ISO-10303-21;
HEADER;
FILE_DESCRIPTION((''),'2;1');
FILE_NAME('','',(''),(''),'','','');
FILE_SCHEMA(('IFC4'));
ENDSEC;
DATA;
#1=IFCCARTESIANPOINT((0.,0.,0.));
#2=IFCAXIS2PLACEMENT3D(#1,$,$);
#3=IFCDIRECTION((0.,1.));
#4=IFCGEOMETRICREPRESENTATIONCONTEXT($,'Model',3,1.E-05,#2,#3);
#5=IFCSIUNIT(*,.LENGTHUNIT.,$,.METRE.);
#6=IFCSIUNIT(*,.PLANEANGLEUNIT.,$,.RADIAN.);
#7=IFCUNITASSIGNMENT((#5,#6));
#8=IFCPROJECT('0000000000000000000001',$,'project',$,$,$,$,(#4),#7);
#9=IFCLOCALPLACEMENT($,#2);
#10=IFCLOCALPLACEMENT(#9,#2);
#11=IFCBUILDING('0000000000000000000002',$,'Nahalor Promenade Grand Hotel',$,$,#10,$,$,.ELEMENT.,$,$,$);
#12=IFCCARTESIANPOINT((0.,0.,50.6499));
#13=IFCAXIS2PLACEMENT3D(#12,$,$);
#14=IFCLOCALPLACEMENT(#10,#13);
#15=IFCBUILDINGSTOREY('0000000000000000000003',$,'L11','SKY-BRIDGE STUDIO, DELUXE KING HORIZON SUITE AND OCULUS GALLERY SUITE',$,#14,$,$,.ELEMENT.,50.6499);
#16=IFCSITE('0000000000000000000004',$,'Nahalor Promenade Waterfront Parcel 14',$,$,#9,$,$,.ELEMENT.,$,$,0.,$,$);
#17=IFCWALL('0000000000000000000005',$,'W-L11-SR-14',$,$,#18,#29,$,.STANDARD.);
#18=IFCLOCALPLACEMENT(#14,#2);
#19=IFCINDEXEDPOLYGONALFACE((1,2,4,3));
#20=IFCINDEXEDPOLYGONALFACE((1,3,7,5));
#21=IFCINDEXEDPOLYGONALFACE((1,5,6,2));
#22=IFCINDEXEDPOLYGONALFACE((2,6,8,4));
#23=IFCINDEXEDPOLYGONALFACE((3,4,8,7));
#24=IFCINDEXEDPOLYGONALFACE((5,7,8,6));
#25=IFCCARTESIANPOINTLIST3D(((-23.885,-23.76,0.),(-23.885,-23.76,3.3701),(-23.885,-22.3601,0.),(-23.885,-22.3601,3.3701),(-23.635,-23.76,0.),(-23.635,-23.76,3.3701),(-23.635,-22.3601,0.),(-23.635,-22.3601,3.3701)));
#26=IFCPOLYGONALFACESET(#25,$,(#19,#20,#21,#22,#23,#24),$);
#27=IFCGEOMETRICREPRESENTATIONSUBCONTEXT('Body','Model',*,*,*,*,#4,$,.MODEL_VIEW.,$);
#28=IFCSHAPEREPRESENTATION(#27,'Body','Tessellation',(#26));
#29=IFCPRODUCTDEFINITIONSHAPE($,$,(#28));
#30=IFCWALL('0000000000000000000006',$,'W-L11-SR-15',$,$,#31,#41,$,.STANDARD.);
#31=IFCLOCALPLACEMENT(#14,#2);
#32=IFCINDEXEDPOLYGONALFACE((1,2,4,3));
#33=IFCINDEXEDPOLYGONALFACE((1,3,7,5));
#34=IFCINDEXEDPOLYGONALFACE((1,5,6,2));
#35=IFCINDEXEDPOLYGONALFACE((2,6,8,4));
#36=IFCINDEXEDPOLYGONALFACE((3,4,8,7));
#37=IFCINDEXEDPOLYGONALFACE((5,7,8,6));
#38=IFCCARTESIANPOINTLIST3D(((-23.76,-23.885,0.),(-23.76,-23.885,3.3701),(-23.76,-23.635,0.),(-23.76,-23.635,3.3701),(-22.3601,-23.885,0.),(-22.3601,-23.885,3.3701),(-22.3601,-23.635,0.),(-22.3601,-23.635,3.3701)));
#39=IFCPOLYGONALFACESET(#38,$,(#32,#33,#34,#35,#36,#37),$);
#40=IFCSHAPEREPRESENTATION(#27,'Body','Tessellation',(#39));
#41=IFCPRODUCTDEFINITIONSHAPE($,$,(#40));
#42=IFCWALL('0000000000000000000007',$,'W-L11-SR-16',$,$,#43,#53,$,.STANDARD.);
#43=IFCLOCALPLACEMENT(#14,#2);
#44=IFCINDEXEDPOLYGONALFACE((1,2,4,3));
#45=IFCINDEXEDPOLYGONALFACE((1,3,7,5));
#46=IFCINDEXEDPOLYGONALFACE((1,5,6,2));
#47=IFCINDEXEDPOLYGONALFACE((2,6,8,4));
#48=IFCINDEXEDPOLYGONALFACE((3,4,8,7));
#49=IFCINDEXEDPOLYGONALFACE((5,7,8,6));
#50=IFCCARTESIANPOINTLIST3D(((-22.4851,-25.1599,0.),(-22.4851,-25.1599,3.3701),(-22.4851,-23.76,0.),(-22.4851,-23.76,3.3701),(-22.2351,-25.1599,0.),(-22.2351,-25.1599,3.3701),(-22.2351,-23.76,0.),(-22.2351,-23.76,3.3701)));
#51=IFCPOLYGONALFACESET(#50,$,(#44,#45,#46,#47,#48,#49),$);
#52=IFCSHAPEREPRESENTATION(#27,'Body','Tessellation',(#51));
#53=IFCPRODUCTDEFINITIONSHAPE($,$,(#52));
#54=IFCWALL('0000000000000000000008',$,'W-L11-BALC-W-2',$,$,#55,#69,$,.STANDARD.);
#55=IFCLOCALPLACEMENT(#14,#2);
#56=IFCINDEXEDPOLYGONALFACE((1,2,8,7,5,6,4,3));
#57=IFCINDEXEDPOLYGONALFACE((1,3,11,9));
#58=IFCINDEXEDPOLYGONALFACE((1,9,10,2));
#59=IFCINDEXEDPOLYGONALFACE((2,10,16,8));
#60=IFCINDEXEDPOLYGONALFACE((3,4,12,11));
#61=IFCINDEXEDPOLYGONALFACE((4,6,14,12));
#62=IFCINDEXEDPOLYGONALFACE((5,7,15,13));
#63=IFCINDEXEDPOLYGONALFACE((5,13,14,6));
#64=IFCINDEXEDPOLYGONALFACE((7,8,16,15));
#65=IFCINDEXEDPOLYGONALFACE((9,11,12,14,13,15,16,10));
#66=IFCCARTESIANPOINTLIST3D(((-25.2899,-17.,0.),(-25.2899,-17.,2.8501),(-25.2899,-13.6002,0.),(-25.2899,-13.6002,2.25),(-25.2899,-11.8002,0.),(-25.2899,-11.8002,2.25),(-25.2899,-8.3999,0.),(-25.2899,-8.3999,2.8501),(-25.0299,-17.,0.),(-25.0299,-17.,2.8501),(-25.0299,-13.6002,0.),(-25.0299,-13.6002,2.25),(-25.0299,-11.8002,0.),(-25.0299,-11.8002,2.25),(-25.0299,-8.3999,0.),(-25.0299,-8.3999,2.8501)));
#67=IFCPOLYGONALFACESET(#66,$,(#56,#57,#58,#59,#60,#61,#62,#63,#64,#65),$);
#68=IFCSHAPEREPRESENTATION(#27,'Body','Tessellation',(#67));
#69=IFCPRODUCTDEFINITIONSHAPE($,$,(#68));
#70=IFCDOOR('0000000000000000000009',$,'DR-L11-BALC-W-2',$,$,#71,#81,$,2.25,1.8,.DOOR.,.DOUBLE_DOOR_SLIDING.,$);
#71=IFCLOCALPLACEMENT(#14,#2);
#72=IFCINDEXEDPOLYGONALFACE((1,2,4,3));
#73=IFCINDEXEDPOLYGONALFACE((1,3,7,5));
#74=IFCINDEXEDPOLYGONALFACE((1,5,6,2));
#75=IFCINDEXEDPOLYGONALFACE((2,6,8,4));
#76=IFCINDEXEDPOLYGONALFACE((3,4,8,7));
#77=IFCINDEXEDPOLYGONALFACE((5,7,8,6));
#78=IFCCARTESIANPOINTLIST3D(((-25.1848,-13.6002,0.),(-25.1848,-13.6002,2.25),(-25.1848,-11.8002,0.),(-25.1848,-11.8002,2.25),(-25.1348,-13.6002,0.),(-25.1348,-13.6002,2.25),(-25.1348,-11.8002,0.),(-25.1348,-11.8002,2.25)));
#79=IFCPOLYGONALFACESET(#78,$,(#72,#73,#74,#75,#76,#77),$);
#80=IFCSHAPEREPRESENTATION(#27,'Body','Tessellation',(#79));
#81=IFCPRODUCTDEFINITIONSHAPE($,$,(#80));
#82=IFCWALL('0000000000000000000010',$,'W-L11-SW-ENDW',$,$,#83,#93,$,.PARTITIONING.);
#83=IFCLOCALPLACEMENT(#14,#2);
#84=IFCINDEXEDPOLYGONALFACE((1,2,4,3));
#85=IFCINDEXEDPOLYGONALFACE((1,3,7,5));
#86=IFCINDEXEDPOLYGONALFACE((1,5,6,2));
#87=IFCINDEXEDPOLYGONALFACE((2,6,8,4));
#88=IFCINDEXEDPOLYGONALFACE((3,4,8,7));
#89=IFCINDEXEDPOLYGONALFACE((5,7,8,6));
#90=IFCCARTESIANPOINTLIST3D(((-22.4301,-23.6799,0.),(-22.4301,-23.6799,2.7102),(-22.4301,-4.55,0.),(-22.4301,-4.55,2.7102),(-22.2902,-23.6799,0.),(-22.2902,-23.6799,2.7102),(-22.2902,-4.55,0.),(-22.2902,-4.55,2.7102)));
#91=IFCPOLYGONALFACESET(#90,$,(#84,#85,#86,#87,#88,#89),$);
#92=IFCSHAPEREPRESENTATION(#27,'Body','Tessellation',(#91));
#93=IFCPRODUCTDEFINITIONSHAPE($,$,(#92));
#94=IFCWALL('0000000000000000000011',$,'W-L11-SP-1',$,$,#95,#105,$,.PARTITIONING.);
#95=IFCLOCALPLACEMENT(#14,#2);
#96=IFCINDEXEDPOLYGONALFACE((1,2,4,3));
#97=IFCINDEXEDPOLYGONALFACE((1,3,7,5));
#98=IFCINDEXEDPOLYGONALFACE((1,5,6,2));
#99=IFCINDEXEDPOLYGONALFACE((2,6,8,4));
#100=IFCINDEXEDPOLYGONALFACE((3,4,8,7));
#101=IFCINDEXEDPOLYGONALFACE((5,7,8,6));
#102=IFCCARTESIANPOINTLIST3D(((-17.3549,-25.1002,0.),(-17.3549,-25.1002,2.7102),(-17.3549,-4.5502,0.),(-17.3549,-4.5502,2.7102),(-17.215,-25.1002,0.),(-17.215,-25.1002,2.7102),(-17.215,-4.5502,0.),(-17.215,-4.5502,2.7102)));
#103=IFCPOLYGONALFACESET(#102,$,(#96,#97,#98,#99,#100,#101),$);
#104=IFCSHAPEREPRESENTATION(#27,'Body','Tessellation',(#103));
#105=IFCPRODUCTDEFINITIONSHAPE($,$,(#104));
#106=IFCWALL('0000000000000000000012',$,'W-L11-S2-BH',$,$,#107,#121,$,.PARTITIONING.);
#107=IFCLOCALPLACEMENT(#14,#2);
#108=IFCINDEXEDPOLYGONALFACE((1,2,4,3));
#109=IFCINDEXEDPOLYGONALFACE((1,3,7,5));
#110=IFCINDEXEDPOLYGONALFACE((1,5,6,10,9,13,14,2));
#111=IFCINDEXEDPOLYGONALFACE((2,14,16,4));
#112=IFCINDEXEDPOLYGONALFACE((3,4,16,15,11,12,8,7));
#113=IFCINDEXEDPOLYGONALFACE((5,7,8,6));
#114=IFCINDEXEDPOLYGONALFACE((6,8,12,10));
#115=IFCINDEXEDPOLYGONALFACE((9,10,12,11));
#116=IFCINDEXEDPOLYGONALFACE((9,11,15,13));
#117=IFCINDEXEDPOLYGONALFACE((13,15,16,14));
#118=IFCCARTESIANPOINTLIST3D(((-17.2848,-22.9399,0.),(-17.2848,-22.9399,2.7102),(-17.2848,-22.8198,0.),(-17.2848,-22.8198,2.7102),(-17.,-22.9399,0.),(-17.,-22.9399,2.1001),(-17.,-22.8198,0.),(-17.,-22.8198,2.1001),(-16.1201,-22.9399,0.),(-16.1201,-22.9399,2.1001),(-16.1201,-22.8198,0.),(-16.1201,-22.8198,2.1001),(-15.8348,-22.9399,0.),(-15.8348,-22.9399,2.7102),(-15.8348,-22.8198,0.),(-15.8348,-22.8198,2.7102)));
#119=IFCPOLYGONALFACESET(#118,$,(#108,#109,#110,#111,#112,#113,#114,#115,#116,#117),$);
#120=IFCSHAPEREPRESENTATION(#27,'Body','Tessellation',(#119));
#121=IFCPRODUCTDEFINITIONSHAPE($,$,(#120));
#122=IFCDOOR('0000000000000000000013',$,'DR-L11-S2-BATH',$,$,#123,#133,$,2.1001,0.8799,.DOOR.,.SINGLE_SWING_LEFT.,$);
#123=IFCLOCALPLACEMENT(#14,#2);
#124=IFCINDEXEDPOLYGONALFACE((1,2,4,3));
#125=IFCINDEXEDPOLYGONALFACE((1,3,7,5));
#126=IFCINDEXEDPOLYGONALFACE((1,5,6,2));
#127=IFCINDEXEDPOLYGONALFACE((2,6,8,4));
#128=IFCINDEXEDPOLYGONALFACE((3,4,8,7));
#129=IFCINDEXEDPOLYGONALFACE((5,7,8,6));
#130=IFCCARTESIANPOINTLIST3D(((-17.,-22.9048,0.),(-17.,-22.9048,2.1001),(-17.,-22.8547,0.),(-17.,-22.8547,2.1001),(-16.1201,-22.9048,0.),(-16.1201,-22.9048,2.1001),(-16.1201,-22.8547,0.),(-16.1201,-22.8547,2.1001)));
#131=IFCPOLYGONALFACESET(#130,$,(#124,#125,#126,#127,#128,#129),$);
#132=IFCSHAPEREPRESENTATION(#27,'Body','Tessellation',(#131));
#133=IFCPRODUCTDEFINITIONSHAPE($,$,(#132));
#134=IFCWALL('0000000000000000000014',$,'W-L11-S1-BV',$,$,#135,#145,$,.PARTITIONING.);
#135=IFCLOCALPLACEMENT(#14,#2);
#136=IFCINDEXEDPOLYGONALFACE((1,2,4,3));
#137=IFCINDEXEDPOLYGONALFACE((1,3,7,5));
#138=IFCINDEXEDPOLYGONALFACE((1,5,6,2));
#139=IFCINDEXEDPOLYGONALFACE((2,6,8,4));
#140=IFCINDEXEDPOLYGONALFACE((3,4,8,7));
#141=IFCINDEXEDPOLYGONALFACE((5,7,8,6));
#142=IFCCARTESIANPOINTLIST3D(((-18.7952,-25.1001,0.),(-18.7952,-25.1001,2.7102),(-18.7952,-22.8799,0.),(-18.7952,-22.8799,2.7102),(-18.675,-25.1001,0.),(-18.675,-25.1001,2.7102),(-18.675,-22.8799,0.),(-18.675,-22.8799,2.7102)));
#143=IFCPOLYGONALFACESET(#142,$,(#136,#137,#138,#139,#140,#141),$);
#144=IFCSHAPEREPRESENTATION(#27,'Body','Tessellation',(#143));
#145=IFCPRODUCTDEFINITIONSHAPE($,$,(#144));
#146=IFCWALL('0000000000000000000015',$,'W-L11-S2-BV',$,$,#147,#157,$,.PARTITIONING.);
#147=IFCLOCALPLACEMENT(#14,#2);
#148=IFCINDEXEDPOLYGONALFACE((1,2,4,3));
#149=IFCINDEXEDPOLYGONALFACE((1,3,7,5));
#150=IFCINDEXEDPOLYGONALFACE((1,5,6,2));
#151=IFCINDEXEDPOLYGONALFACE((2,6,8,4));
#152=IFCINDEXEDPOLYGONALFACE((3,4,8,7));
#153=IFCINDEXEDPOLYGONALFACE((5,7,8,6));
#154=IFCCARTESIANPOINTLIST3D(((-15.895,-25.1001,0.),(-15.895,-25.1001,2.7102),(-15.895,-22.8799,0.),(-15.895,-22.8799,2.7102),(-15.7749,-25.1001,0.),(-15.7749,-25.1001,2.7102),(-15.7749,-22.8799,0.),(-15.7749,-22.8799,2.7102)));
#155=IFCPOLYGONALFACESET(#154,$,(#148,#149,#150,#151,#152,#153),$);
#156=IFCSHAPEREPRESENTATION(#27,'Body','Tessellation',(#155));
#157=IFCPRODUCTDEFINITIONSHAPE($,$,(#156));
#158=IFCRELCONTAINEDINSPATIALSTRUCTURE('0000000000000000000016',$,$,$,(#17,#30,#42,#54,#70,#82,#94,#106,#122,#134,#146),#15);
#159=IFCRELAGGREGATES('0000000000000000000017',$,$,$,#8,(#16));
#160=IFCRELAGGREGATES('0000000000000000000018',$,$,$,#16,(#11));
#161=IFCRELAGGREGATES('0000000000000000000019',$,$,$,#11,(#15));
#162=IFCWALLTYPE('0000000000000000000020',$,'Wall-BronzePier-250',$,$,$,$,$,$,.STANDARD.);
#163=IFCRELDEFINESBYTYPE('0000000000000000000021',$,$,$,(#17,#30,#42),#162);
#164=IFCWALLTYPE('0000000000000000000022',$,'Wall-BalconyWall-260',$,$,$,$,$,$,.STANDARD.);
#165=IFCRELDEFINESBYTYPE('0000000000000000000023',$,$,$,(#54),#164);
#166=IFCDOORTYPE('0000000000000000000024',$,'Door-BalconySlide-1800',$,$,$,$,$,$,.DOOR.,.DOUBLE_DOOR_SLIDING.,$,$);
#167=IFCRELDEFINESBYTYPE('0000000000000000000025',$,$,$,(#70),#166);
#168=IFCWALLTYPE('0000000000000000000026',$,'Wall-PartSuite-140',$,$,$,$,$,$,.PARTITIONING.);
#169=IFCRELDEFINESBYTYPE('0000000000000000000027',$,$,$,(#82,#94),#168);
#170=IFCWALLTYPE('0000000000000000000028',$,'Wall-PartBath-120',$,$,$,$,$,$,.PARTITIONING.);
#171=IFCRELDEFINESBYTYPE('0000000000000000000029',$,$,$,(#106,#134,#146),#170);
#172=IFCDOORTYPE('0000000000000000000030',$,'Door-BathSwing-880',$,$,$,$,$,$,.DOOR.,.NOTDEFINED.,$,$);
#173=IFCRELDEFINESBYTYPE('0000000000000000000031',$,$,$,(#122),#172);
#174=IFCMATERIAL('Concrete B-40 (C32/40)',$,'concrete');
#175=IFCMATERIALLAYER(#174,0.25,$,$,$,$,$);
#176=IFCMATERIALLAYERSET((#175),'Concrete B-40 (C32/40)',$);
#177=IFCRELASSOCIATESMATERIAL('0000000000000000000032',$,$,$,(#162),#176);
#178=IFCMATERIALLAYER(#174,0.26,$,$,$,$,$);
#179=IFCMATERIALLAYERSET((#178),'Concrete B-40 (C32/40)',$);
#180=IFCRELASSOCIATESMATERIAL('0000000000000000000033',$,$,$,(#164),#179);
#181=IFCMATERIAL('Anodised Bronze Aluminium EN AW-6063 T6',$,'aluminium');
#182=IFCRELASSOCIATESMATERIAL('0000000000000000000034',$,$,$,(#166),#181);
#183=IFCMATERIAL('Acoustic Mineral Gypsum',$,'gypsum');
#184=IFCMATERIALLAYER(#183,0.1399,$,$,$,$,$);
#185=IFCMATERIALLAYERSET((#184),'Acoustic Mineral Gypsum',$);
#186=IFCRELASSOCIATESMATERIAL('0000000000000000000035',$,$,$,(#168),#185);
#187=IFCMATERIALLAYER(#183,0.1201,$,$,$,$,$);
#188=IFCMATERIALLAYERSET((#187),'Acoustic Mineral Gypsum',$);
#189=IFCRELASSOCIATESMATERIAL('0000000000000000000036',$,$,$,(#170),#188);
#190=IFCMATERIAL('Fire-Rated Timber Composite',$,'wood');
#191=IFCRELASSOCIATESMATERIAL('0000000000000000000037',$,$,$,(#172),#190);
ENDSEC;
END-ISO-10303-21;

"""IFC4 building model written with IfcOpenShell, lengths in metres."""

from ifc_helpers import new_model, si_unit, direction, frame, frame_2d, origin, place, context, subcontext, project, spatial, rectangle, extrude, source, transform, mapped, material, layer, layer_set, type_object, element, fill, save


model = new_model("IFC4")

# Units and contexts
model_context = context("Model", 3, precision=1e-05, world=origin(), true_north=direction((0.0, 1.0)))
body_context = subcontext(model_context, "Body", "Model", "MODEL_VIEW")
ifc_project = project(units=[si_unit("LENGTHUNIT", "METRE"), si_unit("PLANEANGLEUNIT", "RADIAN")], contexts=[model_context])

# Site, building, storey
site_placement = place(None, origin())
site = spatial("IfcSite", under=ifc_project, at=site_placement, Name="Nahalor Promenade Waterfront Parcel 14", CompositionType="ELEMENT", RefElevation=0.0)
building_placement = place(site_placement, origin())
building = spatial("IfcBuilding", under=site, at=building_placement, Name="Nahalor Promenade Grand Hotel", CompositionType="ELEMENT")
storey_placement = place(building_placement, frame((0.0, 0.0, 50.6499)))
storey = spatial("IfcBuildingStorey", under=building, at=storey_placement, Name="L11", Description="SKY-BRIDGE STUDIO, DELUXE KING HORIZON SUITE AND OCULUS GALLERY SUITE", CompositionType="ELEMENT", Elevation=50.6499)

# Shared definitions
ifc_material_1 = material(Name="Anodised Bronze Aluminium EN AW-6063 T6", Category="aluminium")

# Walls
ifc_material_2 = material(Name="Concrete B-40 (C32/40)", Category="concrete")
ifc_layer_1 = layer(ifc_material_2, 0.25)
ifc_layer_set_1 = layer_set([ifc_layer_1], Name="Concrete B-40 (C32/40)")
wall_type_1 = type_object("IfcWallType", Name="Wall-BronzePier-250", PredefinedType="STANDARD", material=ifc_layer_set_1)
shared_shape_1 = source(origin(), body_context, "Body", "SweptSolid", [
    extrude(rectangle(XDim=1.3999, YDim=0.25, at=frame_2d((0.7, 0.0))), origin(), (0.0, 0.0, 1.0), 3.3701),
])
for number, where, z_axis, x_axis, name in (
    (1, (-23.76, -23.76, 0.0), (0.0, 0.0, 1.0), (0.0, 1.0, 0.0), "W-L11-SR-14"),
    (2, (-23.76, -23.76, 0.0), (0.0, 0.0, 1.0), (1.0, 0.0, 0.0), "W-L11-SR-15"),
    (3, (-22.3601, -25.1599, 0.0), (0.0, 0.0, 1.0), (0.0, 1.0, 0.0), "W-L11-SR-16"),
):
    element("IfcWall", number, at=place(storey_placement, frame(where, z_axis=z_axis, x_axis=x_axis)), inside=storey, type_object=wall_type_1, Name=name, PredefinedType="STANDARD", context=body_context, shape_type="MappedRepresentation", body=[
        mapped(shared_shape_1, transform((0.0, 0.0, 0.0), scale=1.0)),
    ])

# Wall, opening, door
ifc_layer_2 = layer(ifc_material_2, 0.26)
ifc_layer_set_2 = layer_set([ifc_layer_2], Name="Concrete B-40 (C32/40)")
wall_type_2 = type_object("IfcWallType", Name="Wall-BalconyWall-260", PredefinedType="STANDARD", material=ifc_layer_set_2)
shared_shape_2 = source(origin(), body_context, "Body", "SweptSolid", [
    extrude(rectangle(XDim=8.6001, YDim=0.26, at=frame_2d((4.3, 0.0))), origin(), (0.0, 0.0, 1.0), 2.8501),
])
wall_1_placement = place(storey_placement, frame((-25.1599, -17.0, 0.0), z_axis=(0.0, 0.0, 1.0), x_axis=(0.0, 1.0, 0.0)))
wall_1 = element("IfcWall", 4, at=wall_1_placement, inside=storey, type_object=wall_type_2, Name="W-L11-BALC-W-2", PredefinedType="STANDARD", context=body_context, shape_type="MappedRepresentation", body=[
    mapped(shared_shape_2, transform((0.0, 0.0, 0.0), scale=1.0)),
])
opening_1_placement = place(wall_1_placement, frame((3.3999, 0.0, 0.0)))
opening_1 = element("IfcOpeningElement", 5, at=opening_1_placement, cuts=wall_1, PredefinedType="OPENING", context=body_context, shape_type="SweptSolid", body=[
    extrude(rectangle(XDim=1.8, YDim=2.25, at=frame_2d((0.8999, 1.125))), frame((0.0, 0.1399, 0.0), z_axis=(0.0, -1.0, 0.0), x_axis=(1.0, 0.0, 0.0)), (0.0, 0.0, 1.0), 0.28),
])
door_type_1 = type_object("IfcDoorType", Name="Door-BalconySlide-1800", OperationType="DOUBLE_DOOR_SLIDING", PredefinedType="DOOR", material=ifc_material_1)
shared_shape_3 = source(origin(), body_context, "Body", "SweptSolid", [
    extrude(rectangle(XDim=1.8, YDim=2.25, at=frame_2d((0.8999, 1.125))), frame((0.0, 0.0249, 0.0), z_axis=(0.0, -1.0, 0.0), x_axis=(1.0, 0.0, 0.0)), (0.0, 0.0, 1.0), 0.05),
])
door_1_placement = place(opening_1_placement, origin())
door_1 = element("IfcDoor", 6, at=door_1_placement, inside=storey, type_object=door_type_1, Name="DR-L11-BALC-W-2", OperationType="DOUBLE_DOOR_SLIDING", OverallHeight=2.25, OverallWidth=1.8, PredefinedType="DOOR", context=body_context, shape_type="MappedRepresentation", body=[
    mapped(shared_shape_3, transform((0.0, 0.0, 0.0), scale=1.0)),
])
fill(opening_1, door_1)

# Walls
ifc_material_3 = material(Name="Acoustic Mineral Gypsum", Category="gypsum")
ifc_layer_3 = layer(ifc_material_3, 0.1399)
ifc_layer_set_3 = layer_set([ifc_layer_3], Name="Acoustic Mineral Gypsum")
wall_type_3 = type_object("IfcWallType", Name="Wall-PartSuite-140", PredefinedType="PARTITIONING", material=ifc_layer_set_3)
shared_shape_4 = source(origin(), body_context, "Body", "SweptSolid", [
    extrude(rectangle(XDim=19.1299, YDim=0.1399, at=frame_2d((9.5649, 0.0))), origin(), (0.0, 0.0, 1.0), 2.7102),
])
wall_2_placement = place(storey_placement, frame((-22.3601, -23.6799, 0.0), z_axis=(0.0, 0.0, 1.0), x_axis=(0.0, 1.0, 0.0)))
element("IfcWall", 7, at=wall_2_placement, inside=storey, type_object=wall_type_3, Name="W-L11-SW-ENDW", PredefinedType="PARTITIONING", context=body_context, shape_type="MappedRepresentation", body=[
    mapped(shared_shape_4, transform((0.0, 0.0, 0.0), scale=1.0)),
])
shared_shape_5 = source(origin(), body_context, "Body", "SweptSolid", [
    extrude(rectangle(XDim=20.55, YDim=0.1399, at=frame_2d((10.2749, 0.0))), origin(), (0.0, 0.0, 1.0), 2.7102),
])
wall_3_placement = place(storey_placement, frame((-17.2849, -25.1001, 0.0), z_axis=(0.0, 0.0, 1.0), x_axis=(0.0, 1.0, 0.0)))
element("IfcWall", 8, at=wall_3_placement, inside=storey, type_object=wall_type_3, Name="W-L11-SP-1", PredefinedType="PARTITIONING", context=body_context, shape_type="MappedRepresentation", body=[
    mapped(shared_shape_5, transform((0.0, 0.0, 0.0), scale=1.0)),
])

# Wall, opening, door
ifc_layer_4 = layer(ifc_material_3, 0.1201)
ifc_layer_set_4 = layer_set([ifc_layer_4], Name="Acoustic Mineral Gypsum")
wall_type_4 = type_object("IfcWallType", Name="Wall-PartBath-120", PredefinedType="PARTITIONING", material=ifc_layer_set_4)
shared_shape_6 = source(origin(), body_context, "Body", "SweptSolid", [
    extrude(rectangle(XDim=1.45, YDim=0.1201, at=frame_2d((0.7251, 0.0))), origin(), (0.0, 0.0, 1.0), 2.7102),
])
wall_4_placement = place(storey_placement, frame((-17.2849, -22.8799, 0.0), z_axis=(0.0, 0.0, 1.0), x_axis=(1.0, 0.0, 0.0)))
wall_4 = element("IfcWall", 9, at=wall_4_placement, inside=storey, type_object=wall_type_4, Name="W-L11-S2-BH", PredefinedType="PARTITIONING", context=body_context, shape_type="MappedRepresentation", body=[
    mapped(shared_shape_6, transform((0.0, 0.0, 0.0), scale=1.0)),
])
opening_2_placement = place(wall_4_placement, frame((0.2849, 0.0, 0.0)))
opening_2 = element("IfcOpeningElement", 10, at=opening_2_placement, cuts=wall_4, PredefinedType="OPENING", context=body_context, shape_type="SweptSolid", body=[
    extrude(rectangle(XDim=0.8799, YDim=2.1001, at=frame_2d((0.4399, 1.05))), frame((0.0, 0.0701, 0.0), z_axis=(0.0, -1.0, 0.0), x_axis=(1.0, 0.0, 0.0)), (0.0, 0.0, 1.0), 0.1401),
])
ifc_material_4 = material(Name="Fire-Rated Timber Composite", Category="wood")
door_type_2 = type_object("IfcDoorType", Name="Door-BathSwing-880", OperationType="NOTDEFINED", PredefinedType="DOOR", material=ifc_material_4)
shared_shape_7 = source(origin(), body_context, "Body", "SweptSolid", [
    extrude(rectangle(XDim=0.8799, YDim=2.1001, at=frame_2d((0.4399, 1.05))), frame((0.0, 0.0249, 0.0), z_axis=(0.0, -1.0, 0.0), x_axis=(1.0, 0.0, 0.0)), (0.0, 0.0, 1.0), 0.05),
])
door_2_placement = place(opening_2_placement, frame((0.8799, 0.0, 0.0), z_axis=(0.0, 0.0, 1.0), x_axis=(-1.0, 0.0, 0.0)))
door_2 = element("IfcDoor", 11, at=door_2_placement, inside=storey, type_object=door_type_2, Name="DR-L11-S2-BATH", OperationType="SINGLE_SWING_LEFT", OverallHeight=2.1001, OverallWidth=0.8799, PredefinedType="DOOR", context=body_context, shape_type="MappedRepresentation", body=[
    mapped(shared_shape_7, transform((0.0, 0.0, 0.0), scale=1.0)),
])
fill(opening_2, door_2)

# Walls
shared_shape_8 = source(origin(), body_context, "Body", "SweptSolid", [
    extrude(rectangle(XDim=2.2202, YDim=0.1201, at=frame_2d((1.1101, 0.0))), origin(), (0.0, 0.0, 1.0), 2.7102),
])
for number, where, z_axis, x_axis, name in (
    (12, (-18.7351, -25.1001, 0.0), (0.0, 0.0, 1.0), (0.0, 1.0, 0.0), "W-L11-S1-BV"),
    (13, (-15.835, -25.1001, 0.0), (0.0, 0.0, 1.0), (0.0, 1.0, 0.0), "W-L11-S2-BV"),
):
    element("IfcWall", number, at=place(storey_placement, frame(where, z_axis=z_axis, x_axis=x_axis)), inside=storey, type_object=wall_type_4, Name=name, PredefinedType="PARTITIONING", context=body_context, shape_type="MappedRepresentation", body=[
        mapped(shared_shape_8, transform((0.0, 0.0, 0.0), scale=1.0)),
    ])

save(model, "model.ifc")
